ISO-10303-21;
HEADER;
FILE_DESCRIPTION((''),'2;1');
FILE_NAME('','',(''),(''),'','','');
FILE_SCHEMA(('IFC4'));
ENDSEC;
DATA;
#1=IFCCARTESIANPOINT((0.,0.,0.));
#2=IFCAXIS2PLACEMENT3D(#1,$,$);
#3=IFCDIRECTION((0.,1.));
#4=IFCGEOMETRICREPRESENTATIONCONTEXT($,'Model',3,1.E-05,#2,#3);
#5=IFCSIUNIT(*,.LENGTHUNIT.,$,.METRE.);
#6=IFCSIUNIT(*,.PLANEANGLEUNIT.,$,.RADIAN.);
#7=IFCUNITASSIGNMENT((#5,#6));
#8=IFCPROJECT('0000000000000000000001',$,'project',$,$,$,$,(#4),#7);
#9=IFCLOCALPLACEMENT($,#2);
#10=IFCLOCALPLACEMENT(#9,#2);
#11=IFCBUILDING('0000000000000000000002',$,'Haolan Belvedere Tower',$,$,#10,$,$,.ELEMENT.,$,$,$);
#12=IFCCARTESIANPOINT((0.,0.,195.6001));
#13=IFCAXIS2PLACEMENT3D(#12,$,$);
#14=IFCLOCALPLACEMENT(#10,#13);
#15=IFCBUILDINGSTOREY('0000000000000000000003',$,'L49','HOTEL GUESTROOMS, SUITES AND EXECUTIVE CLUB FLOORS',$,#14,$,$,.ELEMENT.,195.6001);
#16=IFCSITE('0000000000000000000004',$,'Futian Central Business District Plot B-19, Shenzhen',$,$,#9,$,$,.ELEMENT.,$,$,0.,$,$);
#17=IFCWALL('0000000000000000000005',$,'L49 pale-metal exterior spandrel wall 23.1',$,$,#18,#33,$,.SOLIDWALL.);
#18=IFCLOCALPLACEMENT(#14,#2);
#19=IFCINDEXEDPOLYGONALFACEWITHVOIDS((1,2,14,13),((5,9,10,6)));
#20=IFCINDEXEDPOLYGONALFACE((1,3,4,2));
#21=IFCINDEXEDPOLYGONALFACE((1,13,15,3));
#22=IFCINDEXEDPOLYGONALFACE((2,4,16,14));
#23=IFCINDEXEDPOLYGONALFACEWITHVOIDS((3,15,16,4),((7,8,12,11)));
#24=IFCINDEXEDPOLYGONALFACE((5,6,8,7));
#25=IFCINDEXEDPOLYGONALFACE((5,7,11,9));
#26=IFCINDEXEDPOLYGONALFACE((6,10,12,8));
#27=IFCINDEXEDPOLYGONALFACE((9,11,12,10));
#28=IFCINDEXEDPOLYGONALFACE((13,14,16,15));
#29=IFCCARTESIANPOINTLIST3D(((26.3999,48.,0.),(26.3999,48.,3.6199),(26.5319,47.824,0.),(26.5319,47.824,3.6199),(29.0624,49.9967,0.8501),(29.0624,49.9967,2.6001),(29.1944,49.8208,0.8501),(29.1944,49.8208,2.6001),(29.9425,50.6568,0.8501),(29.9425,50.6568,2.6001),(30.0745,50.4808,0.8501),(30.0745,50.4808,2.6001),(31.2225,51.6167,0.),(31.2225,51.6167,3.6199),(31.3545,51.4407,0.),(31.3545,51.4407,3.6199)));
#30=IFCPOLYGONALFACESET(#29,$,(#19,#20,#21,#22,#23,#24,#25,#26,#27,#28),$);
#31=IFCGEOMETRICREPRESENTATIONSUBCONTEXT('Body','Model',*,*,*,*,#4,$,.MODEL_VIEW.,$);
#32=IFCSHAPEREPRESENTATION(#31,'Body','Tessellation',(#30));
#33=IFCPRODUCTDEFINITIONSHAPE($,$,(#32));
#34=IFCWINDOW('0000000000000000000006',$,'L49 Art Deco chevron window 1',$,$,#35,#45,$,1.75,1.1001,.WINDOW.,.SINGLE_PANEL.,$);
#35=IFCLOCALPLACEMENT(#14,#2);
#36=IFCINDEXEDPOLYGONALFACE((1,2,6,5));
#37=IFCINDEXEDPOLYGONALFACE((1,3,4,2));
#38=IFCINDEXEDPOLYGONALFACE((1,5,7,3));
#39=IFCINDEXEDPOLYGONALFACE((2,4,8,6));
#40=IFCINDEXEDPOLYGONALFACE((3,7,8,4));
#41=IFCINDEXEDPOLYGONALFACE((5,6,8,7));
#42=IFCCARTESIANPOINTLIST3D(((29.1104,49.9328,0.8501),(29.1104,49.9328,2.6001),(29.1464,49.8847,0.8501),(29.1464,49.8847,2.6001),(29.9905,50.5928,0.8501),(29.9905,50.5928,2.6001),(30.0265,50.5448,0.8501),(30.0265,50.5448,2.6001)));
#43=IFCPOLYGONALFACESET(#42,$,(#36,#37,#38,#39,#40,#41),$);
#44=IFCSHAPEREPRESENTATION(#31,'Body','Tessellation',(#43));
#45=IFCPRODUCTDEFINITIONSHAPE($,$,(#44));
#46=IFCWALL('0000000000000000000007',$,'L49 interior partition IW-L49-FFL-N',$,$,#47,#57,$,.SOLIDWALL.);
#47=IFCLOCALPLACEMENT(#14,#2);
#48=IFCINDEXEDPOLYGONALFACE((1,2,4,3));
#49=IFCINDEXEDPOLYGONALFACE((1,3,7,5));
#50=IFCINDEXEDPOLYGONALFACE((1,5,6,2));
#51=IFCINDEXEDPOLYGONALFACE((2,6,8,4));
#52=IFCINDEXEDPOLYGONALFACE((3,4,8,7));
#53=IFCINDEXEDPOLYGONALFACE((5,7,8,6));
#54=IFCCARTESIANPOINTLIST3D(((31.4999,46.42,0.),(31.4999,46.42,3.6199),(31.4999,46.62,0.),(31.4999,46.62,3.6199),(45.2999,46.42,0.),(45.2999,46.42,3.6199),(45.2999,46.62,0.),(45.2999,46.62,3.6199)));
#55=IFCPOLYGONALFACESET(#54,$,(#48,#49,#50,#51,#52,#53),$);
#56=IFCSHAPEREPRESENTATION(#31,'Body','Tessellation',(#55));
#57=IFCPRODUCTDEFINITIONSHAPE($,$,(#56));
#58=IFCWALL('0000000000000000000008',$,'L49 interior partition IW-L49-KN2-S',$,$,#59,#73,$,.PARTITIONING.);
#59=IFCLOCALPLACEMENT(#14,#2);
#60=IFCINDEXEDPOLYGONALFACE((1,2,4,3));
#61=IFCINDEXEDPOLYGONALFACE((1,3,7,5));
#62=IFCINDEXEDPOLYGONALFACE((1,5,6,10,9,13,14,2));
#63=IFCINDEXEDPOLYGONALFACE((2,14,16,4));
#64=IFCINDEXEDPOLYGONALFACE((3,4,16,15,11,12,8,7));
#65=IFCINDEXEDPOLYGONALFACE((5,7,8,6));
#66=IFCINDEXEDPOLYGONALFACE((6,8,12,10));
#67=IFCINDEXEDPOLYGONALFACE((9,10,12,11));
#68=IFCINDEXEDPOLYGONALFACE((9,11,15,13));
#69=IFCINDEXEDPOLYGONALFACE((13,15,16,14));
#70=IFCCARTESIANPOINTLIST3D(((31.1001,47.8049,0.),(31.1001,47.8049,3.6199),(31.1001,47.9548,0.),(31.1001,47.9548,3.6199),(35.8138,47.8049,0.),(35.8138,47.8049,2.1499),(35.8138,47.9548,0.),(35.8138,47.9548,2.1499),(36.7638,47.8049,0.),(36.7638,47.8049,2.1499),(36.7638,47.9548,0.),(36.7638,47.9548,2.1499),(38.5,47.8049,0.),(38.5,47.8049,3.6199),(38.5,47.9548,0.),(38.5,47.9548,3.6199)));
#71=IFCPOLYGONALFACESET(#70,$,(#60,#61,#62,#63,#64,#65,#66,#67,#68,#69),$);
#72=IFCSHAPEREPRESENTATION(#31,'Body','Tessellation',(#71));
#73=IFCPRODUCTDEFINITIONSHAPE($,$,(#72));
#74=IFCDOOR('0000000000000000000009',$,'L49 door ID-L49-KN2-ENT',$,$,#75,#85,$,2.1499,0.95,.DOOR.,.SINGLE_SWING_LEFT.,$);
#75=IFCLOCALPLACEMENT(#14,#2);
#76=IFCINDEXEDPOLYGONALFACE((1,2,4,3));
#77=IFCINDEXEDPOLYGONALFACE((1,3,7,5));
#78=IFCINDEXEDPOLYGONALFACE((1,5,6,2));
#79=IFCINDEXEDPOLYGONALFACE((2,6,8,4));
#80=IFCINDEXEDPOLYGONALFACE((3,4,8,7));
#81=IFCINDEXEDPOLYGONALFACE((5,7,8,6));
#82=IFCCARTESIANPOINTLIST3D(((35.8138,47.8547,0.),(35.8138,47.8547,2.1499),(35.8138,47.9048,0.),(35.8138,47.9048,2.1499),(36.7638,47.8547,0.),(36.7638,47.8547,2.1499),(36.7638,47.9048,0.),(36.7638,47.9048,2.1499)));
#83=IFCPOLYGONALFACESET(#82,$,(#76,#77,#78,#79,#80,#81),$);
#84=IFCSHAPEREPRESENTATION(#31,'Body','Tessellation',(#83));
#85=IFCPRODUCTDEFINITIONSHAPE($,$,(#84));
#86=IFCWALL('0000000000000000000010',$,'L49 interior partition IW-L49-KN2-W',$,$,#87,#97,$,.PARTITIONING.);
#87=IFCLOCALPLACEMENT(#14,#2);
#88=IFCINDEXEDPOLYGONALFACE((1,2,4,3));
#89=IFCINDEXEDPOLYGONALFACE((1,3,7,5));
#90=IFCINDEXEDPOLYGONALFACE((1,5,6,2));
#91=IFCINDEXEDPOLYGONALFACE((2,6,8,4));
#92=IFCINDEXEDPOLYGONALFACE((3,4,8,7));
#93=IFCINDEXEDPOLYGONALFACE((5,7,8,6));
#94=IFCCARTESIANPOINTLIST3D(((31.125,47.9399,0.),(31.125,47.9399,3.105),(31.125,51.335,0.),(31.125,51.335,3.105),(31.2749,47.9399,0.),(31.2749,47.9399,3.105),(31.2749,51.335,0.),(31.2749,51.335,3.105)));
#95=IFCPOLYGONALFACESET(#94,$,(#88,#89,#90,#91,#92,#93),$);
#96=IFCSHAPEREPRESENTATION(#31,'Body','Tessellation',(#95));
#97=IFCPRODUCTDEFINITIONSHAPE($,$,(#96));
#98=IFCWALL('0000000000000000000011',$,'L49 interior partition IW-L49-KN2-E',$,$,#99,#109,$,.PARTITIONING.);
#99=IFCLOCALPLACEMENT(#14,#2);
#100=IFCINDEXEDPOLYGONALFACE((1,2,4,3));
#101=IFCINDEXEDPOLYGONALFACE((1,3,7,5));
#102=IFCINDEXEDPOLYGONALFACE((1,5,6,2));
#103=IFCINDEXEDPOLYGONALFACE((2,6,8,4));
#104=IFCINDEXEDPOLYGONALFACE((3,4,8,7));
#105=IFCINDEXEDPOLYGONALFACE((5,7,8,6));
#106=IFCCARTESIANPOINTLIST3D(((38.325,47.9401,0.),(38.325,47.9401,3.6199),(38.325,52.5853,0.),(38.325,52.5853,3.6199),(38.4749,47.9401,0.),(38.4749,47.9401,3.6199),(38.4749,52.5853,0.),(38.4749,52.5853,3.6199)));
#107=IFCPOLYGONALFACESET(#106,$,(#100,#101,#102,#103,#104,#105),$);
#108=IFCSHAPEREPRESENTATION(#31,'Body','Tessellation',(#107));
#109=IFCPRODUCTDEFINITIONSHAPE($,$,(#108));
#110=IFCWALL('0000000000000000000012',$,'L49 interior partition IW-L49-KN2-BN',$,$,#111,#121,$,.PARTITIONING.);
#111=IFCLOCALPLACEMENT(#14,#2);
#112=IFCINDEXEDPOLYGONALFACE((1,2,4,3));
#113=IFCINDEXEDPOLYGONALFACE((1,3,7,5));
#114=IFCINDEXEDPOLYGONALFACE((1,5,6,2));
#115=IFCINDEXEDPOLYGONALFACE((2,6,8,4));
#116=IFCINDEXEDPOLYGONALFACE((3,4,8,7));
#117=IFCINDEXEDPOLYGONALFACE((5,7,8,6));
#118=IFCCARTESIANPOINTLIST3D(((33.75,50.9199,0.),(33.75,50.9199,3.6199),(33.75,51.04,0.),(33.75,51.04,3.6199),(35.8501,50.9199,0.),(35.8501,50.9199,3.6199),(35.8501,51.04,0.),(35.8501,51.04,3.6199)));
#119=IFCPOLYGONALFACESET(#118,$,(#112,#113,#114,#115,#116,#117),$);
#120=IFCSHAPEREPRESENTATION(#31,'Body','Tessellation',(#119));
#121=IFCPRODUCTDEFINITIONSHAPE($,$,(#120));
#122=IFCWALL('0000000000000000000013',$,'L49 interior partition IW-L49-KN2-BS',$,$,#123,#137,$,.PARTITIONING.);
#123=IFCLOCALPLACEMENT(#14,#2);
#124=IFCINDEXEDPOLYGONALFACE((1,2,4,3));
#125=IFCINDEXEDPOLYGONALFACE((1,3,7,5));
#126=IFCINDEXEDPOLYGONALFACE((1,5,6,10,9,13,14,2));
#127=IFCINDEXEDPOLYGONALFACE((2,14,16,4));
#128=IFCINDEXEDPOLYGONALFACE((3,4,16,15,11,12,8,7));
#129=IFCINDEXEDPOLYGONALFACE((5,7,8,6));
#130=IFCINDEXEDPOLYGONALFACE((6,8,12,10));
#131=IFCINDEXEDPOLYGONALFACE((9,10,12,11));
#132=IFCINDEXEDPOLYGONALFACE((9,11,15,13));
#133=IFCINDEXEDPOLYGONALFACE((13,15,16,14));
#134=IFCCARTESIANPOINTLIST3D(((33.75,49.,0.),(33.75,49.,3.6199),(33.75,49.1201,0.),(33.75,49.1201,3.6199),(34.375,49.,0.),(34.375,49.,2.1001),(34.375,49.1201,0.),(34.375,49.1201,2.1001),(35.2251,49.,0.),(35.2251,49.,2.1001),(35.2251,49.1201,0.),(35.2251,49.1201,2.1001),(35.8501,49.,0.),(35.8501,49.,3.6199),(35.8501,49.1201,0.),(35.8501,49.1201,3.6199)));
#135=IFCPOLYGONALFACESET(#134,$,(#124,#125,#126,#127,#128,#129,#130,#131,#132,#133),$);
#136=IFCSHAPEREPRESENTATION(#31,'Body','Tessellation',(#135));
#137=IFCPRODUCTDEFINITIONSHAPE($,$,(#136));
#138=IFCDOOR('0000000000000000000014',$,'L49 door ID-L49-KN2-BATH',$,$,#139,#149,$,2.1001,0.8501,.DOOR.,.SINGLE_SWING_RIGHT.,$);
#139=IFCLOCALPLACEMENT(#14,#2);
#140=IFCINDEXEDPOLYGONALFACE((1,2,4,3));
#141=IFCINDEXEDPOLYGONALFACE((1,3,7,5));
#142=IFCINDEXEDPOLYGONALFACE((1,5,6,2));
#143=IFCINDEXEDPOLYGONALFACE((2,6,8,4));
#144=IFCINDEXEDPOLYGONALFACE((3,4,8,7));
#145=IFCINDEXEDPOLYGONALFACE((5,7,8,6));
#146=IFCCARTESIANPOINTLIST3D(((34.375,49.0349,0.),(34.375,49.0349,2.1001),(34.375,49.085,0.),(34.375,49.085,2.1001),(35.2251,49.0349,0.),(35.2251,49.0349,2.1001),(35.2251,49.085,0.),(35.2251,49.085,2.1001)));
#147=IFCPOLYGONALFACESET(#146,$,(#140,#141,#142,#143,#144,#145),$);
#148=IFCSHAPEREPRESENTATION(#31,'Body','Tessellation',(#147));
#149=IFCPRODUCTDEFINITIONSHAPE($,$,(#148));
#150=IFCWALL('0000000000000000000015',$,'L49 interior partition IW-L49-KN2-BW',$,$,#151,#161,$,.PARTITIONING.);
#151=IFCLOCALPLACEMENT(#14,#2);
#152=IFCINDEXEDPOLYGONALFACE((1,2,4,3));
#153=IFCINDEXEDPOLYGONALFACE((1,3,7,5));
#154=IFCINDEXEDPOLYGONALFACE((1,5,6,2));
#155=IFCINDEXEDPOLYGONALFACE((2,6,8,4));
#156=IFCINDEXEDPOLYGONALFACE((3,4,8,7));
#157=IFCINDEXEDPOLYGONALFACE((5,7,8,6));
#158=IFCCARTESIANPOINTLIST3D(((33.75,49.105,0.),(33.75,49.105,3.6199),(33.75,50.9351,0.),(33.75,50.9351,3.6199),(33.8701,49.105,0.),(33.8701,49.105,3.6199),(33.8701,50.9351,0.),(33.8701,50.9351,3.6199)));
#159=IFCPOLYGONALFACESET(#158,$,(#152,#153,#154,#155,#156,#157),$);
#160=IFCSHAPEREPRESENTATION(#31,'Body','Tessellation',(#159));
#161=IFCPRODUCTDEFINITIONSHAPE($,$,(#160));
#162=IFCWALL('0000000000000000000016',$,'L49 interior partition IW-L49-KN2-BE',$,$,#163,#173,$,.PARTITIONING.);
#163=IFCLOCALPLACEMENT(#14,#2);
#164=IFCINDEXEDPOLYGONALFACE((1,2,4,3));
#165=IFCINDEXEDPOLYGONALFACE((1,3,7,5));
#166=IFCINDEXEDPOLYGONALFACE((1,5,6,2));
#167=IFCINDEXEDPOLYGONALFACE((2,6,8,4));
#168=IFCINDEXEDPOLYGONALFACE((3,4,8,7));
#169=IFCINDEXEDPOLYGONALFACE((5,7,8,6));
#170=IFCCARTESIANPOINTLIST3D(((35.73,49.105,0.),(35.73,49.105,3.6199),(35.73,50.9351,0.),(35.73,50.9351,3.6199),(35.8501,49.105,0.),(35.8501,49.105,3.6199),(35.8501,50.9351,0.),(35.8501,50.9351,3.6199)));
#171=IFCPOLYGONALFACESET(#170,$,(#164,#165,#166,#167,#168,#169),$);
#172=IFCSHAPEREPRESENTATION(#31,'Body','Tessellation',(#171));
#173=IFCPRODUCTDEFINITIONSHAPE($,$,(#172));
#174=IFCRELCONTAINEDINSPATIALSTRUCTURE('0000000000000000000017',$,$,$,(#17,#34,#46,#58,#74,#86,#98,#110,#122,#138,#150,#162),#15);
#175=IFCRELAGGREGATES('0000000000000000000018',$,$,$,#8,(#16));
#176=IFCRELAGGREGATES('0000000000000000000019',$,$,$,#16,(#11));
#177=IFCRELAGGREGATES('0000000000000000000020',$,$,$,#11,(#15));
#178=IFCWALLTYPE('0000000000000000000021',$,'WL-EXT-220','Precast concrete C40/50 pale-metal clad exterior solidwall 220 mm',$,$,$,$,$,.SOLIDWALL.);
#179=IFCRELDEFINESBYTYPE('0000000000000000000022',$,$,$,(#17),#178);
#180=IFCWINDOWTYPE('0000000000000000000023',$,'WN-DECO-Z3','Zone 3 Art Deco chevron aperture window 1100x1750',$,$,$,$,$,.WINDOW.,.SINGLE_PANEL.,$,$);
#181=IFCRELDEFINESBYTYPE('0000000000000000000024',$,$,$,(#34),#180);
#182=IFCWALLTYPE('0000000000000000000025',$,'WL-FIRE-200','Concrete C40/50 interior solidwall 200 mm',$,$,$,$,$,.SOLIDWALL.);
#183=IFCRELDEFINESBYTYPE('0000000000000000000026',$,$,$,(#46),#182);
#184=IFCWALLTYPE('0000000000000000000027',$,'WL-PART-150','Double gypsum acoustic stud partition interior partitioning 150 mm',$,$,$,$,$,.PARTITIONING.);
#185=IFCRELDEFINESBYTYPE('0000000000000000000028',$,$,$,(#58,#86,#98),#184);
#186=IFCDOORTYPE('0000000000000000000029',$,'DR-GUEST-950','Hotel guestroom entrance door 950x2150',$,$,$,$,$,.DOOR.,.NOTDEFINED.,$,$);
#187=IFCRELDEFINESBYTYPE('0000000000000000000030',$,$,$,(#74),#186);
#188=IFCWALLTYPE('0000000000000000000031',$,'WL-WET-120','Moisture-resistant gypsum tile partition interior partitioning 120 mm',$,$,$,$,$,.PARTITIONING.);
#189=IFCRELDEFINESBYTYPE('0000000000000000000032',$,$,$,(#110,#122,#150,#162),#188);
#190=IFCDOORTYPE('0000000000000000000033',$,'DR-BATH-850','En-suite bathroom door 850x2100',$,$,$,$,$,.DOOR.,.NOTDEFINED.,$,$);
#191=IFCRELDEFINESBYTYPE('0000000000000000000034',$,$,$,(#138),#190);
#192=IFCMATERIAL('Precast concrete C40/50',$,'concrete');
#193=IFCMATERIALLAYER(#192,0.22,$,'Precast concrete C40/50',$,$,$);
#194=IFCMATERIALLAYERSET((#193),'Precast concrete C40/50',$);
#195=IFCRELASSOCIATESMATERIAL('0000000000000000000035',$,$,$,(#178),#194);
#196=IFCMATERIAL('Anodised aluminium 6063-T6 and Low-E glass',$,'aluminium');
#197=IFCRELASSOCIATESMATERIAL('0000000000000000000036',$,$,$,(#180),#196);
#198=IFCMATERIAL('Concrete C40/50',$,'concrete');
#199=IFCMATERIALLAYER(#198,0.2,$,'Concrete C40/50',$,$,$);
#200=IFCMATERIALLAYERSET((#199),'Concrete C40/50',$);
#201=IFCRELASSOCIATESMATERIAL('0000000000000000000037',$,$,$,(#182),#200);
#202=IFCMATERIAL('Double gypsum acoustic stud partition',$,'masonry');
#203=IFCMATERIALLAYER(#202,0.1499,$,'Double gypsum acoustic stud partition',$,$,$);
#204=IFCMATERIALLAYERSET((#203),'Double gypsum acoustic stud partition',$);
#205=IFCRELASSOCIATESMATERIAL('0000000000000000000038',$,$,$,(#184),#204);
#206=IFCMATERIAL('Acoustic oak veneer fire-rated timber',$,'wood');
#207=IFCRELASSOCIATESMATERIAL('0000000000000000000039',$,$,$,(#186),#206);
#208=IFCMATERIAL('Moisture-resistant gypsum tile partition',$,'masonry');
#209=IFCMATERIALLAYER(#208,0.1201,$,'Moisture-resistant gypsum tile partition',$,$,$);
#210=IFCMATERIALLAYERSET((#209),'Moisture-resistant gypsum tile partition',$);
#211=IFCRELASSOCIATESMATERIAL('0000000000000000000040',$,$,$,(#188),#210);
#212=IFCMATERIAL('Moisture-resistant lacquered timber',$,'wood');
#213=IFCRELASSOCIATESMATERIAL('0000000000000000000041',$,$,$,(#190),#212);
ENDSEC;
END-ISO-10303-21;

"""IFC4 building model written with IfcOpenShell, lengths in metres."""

from ifc_helpers import new_model, si_unit, direction, frame, frame_2d, origin, place, context, subcontext, project, spatial, rectangle, extrude, material, layer, layer_set, type_object, element, fill, save


model = new_model("IFC4")

# Units and contexts
model_context = context("Model", 3, precision=1e-05, world=origin(), true_north=direction((0.0, 1.0)))
body_context = subcontext(model_context, "Body", "Model", "MODEL_VIEW")
ifc_project = project(units=[si_unit("LENGTHUNIT", "METRE"), si_unit("PLANEANGLEUNIT", "RADIAN")], contexts=[model_context])

# Site, building, storey
site_placement = place(None, origin())
site = spatial("IfcSite", under=ifc_project, at=site_placement, Name="Futian Central Business District Plot B-19, Shenzhen", CompositionType="ELEMENT", RefElevation=0.0)
building_placement = place(site_placement, origin())
building = spatial("IfcBuilding", under=site, at=building_placement, Name="Haolan Belvedere Tower", CompositionType="ELEMENT")
storey_placement = place(building_placement, frame((0.0, 0.0, 195.6001)))
storey = spatial("IfcBuildingStorey", under=building, at=storey_placement, Name="L49", Description="HOTEL GUESTROOMS, SUITES AND EXECUTIVE CLUB FLOORS", CompositionType="ELEMENT", Elevation=195.6001)

# Wall, opening, window
ifc_material_1 = material(Name="Precast concrete C40/50", Category="concrete")
ifc_layer_1 = layer(ifc_material_1, 0.22, Name="Precast concrete C40/50")
ifc_layer_set_1 = layer_set([ifc_layer_1], Name="Precast concrete C40/50")
wall_type_1 = type_object("IfcWallType", Name="WL-EXT-220", Description="Precast concrete C40/50 pale-metal clad exterior solidwall 220 mm", PredefinedType="SOLIDWALL", material=ifc_layer_set_1)
wall_1_placement = place(storey_placement, frame((31.2886, 51.5288, 0.0), z_axis=(0.0, 0.0, 1.0), x_axis=(-0.800015, -0.599981, 0.0)))
wall_1 = element("IfcWall", 1, at=wall_1_placement, inside=storey, type_object=wall_type_1, Name="L49 pale-metal exterior spandrel wall 23.1", PredefinedType="SOLIDWALL", context=body_context, shape_type="SweptSolid", body=[
    extrude(rectangle(XDim=6.0281, YDim=0.22, at=frame_2d((3.0142, 0.0))), origin(), (0.0, 0.0, 1.0), 3.6199),
])
opening_1_placement = place(wall_1_placement, frame((1.6001, 0.0, 0.8501)))
opening_1 = element("IfcOpeningElement", 2, at=opening_1_placement, cuts=wall_1, PredefinedType="OPENING", context=body_context, shape_type="SweptSolid", body=[
    extrude(rectangle(XDim=1.1001, YDim=1.75, at=frame_2d((0.55, 0.875))), frame((0.0, 0.1199, 0.0), z_axis=(0.0, -1.0, 0.0), x_axis=(1.0, 0.0, 0.0)), (0.0, 0.0, 1.0), 0.24),
])
ifc_material_2 = material(Name="Anodised aluminium 6063-T6 and Low-E glass", Category="aluminium")
window_type = type_object("IfcWindowType", Name="WN-DECO-Z3", Description="Zone 3 Art Deco chevron aperture window 1100x1750", PartitioningType="SINGLE_PANEL", PredefinedType="WINDOW", material=ifc_material_2)
window_placement = place(opening_1_placement, origin())
window = element("IfcWindow", 3, at=window_placement, inside=storey, type_object=window_type, Name="L49 Art Deco chevron window 1", OverallHeight=1.75, OverallWidth=1.1001, PartitioningType="SINGLE_PANEL", PredefinedType="WINDOW", context=body_context, shape_type="SweptSolid", body=[
    extrude(rectangle(XDim=1.1001, YDim=1.75, at=frame_2d((0.55, 0.875))), frame((0.0, 0.03, 0.0), z_axis=(0.0, -1.0, 0.0), x_axis=(1.0, 0.0, 0.0)), (0.0, 0.0, 1.0), 0.0601),
])
fill(opening_1, window)

# Wall
ifc_material_3 = material(Name="Concrete C40/50", Category="concrete")
ifc_layer_2 = layer(ifc_material_3, 0.2, Name="Concrete C40/50")
ifc_layer_set_2 = layer_set([ifc_layer_2], Name="Concrete C40/50")
wall_type_2 = type_object("IfcWallType", Name="WL-FIRE-200", Description="Concrete C40/50 interior solidwall 200 mm", PredefinedType="SOLIDWALL", material=ifc_layer_set_2)
wall_2_placement = place(storey_placement, frame((31.5, 46.52, 0.0), z_axis=(0.0, 0.0, 1.0), x_axis=(1.0, 0.0, 0.0)))
element("IfcWall", 4, at=wall_2_placement, inside=storey, type_object=wall_type_2, Name="L49 interior partition IW-L49-FFL-N", PredefinedType="SOLIDWALL", context=body_context, shape_type="SweptSolid", body=[
    extrude(rectangle(XDim=13.8, YDim=0.2, at=frame_2d((6.8999, 0.0))), origin(), (0.0, 0.0, 1.0), 3.6199),
])

# Wall, opening, door
ifc_material_4 = material(Name="Double gypsum acoustic stud partition", Category="masonry")
ifc_layer_3 = layer(ifc_material_4, 0.1499, Name="Double gypsum acoustic stud partition")
ifc_layer_set_3 = layer_set([ifc_layer_3], Name="Double gypsum acoustic stud partition")
wall_type_3 = type_object("IfcWallType", Name="WL-PART-150", Description="Double gypsum acoustic stud partition interior partitioning 150 mm", PredefinedType="PARTITIONING", material=ifc_layer_set_3)
wall_3_placement = place(storey_placement, frame((31.1001, 47.8799, 0.0), z_axis=(0.0, 0.0, 1.0), x_axis=(1.0, 0.0, 0.0)))
wall_3 = element("IfcWall", 5, at=wall_3_placement, inside=storey, type_object=wall_type_3, Name="L49 interior partition IW-L49-KN2-S", PredefinedType="PARTITIONING", context=body_context, shape_type="SweptSolid", body=[
    extrude(rectangle(XDim=7.3999, YDim=0.1499, at=frame_2d((3.7, 0.0))), origin(), (0.0, 0.0, 1.0), 3.6199),
])
opening_2_placement = place(wall_3_placement, frame((4.7136, 0.0, 0.0)))
opening_2 = element("IfcOpeningElement", 6, at=opening_2_placement, cuts=wall_3, PredefinedType="OPENING", context=body_context, shape_type="SweptSolid", body=[
    extrude(rectangle(XDim=0.95, YDim=2.1499, at=frame_2d((0.4751, 1.075))), frame((0.0, 0.085, 0.0), z_axis=(0.0, -1.0, 0.0), x_axis=(1.0, 0.0, 0.0)), (0.0, 0.0, 1.0), 0.1699),
])
ifc_material_5 = material(Name="Acoustic oak veneer fire-rated timber", Category="wood")
door_type_1 = type_object("IfcDoorType", Name="DR-GUEST-950", Description="Hotel guestroom entrance door 950x2150", OperationType="NOTDEFINED", PredefinedType="DOOR", material=ifc_material_5)
door_1_placement = place(opening_2_placement, origin())
door_1 = element("IfcDoor", 7, at=door_1_placement, inside=storey, type_object=door_type_1, Name="L49 door ID-L49-KN2-ENT", OperationType="SINGLE_SWING_LEFT", OverallHeight=2.1499, OverallWidth=0.95, PredefinedType="DOOR", context=body_context, shape_type="SweptSolid", body=[
    extrude(rectangle(XDim=0.95, YDim=2.1499, at=frame_2d((0.4751, 1.075))), frame((0.0, 0.0249, 0.0), z_axis=(0.0, -1.0, 0.0), x_axis=(1.0, 0.0, 0.0)), (0.0, 0.0, 1.0), 0.05),
])
fill(opening_2, door_1)

# Walls
wall_4_placement = place(storey_placement, frame((31.2, 47.9399, 0.0), z_axis=(0.0, 0.0, 1.0), x_axis=(0.0, 1.0, 0.0)))
element("IfcWall", 8, at=wall_4_placement, inside=storey, type_object=wall_type_3, Name="L49 interior partition IW-L49-KN2-W", PredefinedType="PARTITIONING", context=body_context, shape_type="SweptSolid", body=[
    extrude(rectangle(XDim=3.395, YDim=0.1499, at=frame_2d((1.6975, 0.0))), origin(), (0.0, 0.0, 1.0), 3.105),
])
wall_5_placement = place(storey_placement, frame((38.3999, 47.9399, 0.0), z_axis=(0.0, 0.0, 1.0), x_axis=(0.0, 1.0, 0.0)))
element("IfcWall", 9, at=wall_5_placement, inside=storey, type_object=wall_type_3, Name="L49 interior partition IW-L49-KN2-E", PredefinedType="PARTITIONING", context=body_context, shape_type="SweptSolid", body=[
    extrude(rectangle(XDim=4.6453, YDim=0.1499, at=frame_2d((2.3228, 0.0))), origin(), (0.0, 0.0, 1.0), 3.6199),
])
ifc_material_6 = material(Name="Moisture-resistant gypsum tile partition", Category="masonry")
ifc_layer_4 = layer(ifc_material_6, 0.1201, Name="Moisture-resistant gypsum tile partition")
ifc_layer_set_4 = layer_set([ifc_layer_4], Name="Moisture-resistant gypsum tile partition")
wall_type_4 = type_object("IfcWallType", Name="WL-WET-120", Description="Moisture-resistant gypsum tile partition interior partitioning 120 mm", PredefinedType="PARTITIONING", material=ifc_layer_set_4)
wall_6_placement = place(storey_placement, frame((33.75, 50.98, 0.0), z_axis=(0.0, 0.0, 1.0), x_axis=(1.0, 0.0, 0.0)))
element("IfcWall", 10, at=wall_6_placement, inside=storey, type_object=wall_type_4, Name="L49 interior partition IW-L49-KN2-BN", PredefinedType="PARTITIONING", context=body_context, shape_type="SweptSolid", body=[
    extrude(rectangle(XDim=2.1001, YDim=0.1201, at=frame_2d((1.05, 0.0))), origin(), (0.0, 0.0, 1.0), 3.6199),
])

# Wall, opening, door
wall_7_placement = place(storey_placement, frame((33.75, 49.0601, 0.0), z_axis=(0.0, 0.0, 1.0), x_axis=(1.0, 0.0, 0.0)))
wall_7 = element("IfcWall", 11, at=wall_7_placement, inside=storey, type_object=wall_type_4, Name="L49 interior partition IW-L49-KN2-BS", PredefinedType="PARTITIONING", context=body_context, shape_type="SweptSolid", body=[
    extrude(rectangle(XDim=2.1001, YDim=0.1201, at=frame_2d((1.05, 0.0))), origin(), (0.0, 0.0, 1.0), 3.6199),
])
opening_3_placement = place(wall_7_placement, frame((0.625, 0.0, 0.0)))
opening_3 = element("IfcOpeningElement", 12, at=opening_3_placement, cuts=wall_7, PredefinedType="OPENING", context=body_context, shape_type="SweptSolid", body=[
    extrude(rectangle(XDim=0.8501, YDim=2.1001, at=frame_2d((0.425, 1.05))), frame((0.0, 0.0701, 0.0), z_axis=(0.0, -1.0, 0.0), x_axis=(1.0, 0.0, 0.0)), (0.0, 0.0, 1.0), 0.1401),
])
ifc_material_7 = material(Name="Moisture-resistant lacquered timber", Category="wood")
door_type_2 = type_object("IfcDoorType", Name="DR-BATH-850", Description="En-suite bathroom door 850x2100", OperationType="NOTDEFINED", PredefinedType="DOOR", material=ifc_material_7)
door_2_placement = place(opening_3_placement, origin())
door_2 = element("IfcDoor", 13, at=door_2_placement, inside=storey, type_object=door_type_2, Name="L49 door ID-L49-KN2-BATH", OperationType="SINGLE_SWING_RIGHT", OverallHeight=2.1001, OverallWidth=0.8501, PredefinedType="DOOR", context=body_context, shape_type="SweptSolid", body=[
    extrude(rectangle(XDim=0.8501, YDim=2.1001, at=frame_2d((0.425, 1.05))), frame((0.0, 0.0249, 0.0), z_axis=(0.0, -1.0, 0.0), x_axis=(1.0, 0.0, 0.0)), (0.0, 0.0, 1.0), 0.05),
])
fill(opening_3, door_2)

# Walls
for number, where, z_axis, x_axis, name in (
    (14, (33.8101, 49.105, 0.0), (0.0, 0.0, 1.0), (0.0, 1.0, 0.0), "L49 interior partition IW-L49-KN2-BW"),
    (15, (35.79, 49.105, 0.0), (0.0, 0.0, 1.0), (0.0, 1.0, 0.0), "L49 interior partition IW-L49-KN2-BE"),
):
    element("IfcWall", number, at=place(storey_placement, frame(where, z_axis=z_axis, x_axis=x_axis)), inside=storey, type_object=wall_type_4, Name=name, PredefinedType="PARTITIONING", context=body_context, shape_type="SweptSolid", body=[
        extrude(rectangle(XDim=1.8301, YDim=0.1201, at=frame_2d((0.915, 0.0))), origin(), (0.0, 0.0, 1.0), 3.6199),
    ])

save(model, "model.ifc")
